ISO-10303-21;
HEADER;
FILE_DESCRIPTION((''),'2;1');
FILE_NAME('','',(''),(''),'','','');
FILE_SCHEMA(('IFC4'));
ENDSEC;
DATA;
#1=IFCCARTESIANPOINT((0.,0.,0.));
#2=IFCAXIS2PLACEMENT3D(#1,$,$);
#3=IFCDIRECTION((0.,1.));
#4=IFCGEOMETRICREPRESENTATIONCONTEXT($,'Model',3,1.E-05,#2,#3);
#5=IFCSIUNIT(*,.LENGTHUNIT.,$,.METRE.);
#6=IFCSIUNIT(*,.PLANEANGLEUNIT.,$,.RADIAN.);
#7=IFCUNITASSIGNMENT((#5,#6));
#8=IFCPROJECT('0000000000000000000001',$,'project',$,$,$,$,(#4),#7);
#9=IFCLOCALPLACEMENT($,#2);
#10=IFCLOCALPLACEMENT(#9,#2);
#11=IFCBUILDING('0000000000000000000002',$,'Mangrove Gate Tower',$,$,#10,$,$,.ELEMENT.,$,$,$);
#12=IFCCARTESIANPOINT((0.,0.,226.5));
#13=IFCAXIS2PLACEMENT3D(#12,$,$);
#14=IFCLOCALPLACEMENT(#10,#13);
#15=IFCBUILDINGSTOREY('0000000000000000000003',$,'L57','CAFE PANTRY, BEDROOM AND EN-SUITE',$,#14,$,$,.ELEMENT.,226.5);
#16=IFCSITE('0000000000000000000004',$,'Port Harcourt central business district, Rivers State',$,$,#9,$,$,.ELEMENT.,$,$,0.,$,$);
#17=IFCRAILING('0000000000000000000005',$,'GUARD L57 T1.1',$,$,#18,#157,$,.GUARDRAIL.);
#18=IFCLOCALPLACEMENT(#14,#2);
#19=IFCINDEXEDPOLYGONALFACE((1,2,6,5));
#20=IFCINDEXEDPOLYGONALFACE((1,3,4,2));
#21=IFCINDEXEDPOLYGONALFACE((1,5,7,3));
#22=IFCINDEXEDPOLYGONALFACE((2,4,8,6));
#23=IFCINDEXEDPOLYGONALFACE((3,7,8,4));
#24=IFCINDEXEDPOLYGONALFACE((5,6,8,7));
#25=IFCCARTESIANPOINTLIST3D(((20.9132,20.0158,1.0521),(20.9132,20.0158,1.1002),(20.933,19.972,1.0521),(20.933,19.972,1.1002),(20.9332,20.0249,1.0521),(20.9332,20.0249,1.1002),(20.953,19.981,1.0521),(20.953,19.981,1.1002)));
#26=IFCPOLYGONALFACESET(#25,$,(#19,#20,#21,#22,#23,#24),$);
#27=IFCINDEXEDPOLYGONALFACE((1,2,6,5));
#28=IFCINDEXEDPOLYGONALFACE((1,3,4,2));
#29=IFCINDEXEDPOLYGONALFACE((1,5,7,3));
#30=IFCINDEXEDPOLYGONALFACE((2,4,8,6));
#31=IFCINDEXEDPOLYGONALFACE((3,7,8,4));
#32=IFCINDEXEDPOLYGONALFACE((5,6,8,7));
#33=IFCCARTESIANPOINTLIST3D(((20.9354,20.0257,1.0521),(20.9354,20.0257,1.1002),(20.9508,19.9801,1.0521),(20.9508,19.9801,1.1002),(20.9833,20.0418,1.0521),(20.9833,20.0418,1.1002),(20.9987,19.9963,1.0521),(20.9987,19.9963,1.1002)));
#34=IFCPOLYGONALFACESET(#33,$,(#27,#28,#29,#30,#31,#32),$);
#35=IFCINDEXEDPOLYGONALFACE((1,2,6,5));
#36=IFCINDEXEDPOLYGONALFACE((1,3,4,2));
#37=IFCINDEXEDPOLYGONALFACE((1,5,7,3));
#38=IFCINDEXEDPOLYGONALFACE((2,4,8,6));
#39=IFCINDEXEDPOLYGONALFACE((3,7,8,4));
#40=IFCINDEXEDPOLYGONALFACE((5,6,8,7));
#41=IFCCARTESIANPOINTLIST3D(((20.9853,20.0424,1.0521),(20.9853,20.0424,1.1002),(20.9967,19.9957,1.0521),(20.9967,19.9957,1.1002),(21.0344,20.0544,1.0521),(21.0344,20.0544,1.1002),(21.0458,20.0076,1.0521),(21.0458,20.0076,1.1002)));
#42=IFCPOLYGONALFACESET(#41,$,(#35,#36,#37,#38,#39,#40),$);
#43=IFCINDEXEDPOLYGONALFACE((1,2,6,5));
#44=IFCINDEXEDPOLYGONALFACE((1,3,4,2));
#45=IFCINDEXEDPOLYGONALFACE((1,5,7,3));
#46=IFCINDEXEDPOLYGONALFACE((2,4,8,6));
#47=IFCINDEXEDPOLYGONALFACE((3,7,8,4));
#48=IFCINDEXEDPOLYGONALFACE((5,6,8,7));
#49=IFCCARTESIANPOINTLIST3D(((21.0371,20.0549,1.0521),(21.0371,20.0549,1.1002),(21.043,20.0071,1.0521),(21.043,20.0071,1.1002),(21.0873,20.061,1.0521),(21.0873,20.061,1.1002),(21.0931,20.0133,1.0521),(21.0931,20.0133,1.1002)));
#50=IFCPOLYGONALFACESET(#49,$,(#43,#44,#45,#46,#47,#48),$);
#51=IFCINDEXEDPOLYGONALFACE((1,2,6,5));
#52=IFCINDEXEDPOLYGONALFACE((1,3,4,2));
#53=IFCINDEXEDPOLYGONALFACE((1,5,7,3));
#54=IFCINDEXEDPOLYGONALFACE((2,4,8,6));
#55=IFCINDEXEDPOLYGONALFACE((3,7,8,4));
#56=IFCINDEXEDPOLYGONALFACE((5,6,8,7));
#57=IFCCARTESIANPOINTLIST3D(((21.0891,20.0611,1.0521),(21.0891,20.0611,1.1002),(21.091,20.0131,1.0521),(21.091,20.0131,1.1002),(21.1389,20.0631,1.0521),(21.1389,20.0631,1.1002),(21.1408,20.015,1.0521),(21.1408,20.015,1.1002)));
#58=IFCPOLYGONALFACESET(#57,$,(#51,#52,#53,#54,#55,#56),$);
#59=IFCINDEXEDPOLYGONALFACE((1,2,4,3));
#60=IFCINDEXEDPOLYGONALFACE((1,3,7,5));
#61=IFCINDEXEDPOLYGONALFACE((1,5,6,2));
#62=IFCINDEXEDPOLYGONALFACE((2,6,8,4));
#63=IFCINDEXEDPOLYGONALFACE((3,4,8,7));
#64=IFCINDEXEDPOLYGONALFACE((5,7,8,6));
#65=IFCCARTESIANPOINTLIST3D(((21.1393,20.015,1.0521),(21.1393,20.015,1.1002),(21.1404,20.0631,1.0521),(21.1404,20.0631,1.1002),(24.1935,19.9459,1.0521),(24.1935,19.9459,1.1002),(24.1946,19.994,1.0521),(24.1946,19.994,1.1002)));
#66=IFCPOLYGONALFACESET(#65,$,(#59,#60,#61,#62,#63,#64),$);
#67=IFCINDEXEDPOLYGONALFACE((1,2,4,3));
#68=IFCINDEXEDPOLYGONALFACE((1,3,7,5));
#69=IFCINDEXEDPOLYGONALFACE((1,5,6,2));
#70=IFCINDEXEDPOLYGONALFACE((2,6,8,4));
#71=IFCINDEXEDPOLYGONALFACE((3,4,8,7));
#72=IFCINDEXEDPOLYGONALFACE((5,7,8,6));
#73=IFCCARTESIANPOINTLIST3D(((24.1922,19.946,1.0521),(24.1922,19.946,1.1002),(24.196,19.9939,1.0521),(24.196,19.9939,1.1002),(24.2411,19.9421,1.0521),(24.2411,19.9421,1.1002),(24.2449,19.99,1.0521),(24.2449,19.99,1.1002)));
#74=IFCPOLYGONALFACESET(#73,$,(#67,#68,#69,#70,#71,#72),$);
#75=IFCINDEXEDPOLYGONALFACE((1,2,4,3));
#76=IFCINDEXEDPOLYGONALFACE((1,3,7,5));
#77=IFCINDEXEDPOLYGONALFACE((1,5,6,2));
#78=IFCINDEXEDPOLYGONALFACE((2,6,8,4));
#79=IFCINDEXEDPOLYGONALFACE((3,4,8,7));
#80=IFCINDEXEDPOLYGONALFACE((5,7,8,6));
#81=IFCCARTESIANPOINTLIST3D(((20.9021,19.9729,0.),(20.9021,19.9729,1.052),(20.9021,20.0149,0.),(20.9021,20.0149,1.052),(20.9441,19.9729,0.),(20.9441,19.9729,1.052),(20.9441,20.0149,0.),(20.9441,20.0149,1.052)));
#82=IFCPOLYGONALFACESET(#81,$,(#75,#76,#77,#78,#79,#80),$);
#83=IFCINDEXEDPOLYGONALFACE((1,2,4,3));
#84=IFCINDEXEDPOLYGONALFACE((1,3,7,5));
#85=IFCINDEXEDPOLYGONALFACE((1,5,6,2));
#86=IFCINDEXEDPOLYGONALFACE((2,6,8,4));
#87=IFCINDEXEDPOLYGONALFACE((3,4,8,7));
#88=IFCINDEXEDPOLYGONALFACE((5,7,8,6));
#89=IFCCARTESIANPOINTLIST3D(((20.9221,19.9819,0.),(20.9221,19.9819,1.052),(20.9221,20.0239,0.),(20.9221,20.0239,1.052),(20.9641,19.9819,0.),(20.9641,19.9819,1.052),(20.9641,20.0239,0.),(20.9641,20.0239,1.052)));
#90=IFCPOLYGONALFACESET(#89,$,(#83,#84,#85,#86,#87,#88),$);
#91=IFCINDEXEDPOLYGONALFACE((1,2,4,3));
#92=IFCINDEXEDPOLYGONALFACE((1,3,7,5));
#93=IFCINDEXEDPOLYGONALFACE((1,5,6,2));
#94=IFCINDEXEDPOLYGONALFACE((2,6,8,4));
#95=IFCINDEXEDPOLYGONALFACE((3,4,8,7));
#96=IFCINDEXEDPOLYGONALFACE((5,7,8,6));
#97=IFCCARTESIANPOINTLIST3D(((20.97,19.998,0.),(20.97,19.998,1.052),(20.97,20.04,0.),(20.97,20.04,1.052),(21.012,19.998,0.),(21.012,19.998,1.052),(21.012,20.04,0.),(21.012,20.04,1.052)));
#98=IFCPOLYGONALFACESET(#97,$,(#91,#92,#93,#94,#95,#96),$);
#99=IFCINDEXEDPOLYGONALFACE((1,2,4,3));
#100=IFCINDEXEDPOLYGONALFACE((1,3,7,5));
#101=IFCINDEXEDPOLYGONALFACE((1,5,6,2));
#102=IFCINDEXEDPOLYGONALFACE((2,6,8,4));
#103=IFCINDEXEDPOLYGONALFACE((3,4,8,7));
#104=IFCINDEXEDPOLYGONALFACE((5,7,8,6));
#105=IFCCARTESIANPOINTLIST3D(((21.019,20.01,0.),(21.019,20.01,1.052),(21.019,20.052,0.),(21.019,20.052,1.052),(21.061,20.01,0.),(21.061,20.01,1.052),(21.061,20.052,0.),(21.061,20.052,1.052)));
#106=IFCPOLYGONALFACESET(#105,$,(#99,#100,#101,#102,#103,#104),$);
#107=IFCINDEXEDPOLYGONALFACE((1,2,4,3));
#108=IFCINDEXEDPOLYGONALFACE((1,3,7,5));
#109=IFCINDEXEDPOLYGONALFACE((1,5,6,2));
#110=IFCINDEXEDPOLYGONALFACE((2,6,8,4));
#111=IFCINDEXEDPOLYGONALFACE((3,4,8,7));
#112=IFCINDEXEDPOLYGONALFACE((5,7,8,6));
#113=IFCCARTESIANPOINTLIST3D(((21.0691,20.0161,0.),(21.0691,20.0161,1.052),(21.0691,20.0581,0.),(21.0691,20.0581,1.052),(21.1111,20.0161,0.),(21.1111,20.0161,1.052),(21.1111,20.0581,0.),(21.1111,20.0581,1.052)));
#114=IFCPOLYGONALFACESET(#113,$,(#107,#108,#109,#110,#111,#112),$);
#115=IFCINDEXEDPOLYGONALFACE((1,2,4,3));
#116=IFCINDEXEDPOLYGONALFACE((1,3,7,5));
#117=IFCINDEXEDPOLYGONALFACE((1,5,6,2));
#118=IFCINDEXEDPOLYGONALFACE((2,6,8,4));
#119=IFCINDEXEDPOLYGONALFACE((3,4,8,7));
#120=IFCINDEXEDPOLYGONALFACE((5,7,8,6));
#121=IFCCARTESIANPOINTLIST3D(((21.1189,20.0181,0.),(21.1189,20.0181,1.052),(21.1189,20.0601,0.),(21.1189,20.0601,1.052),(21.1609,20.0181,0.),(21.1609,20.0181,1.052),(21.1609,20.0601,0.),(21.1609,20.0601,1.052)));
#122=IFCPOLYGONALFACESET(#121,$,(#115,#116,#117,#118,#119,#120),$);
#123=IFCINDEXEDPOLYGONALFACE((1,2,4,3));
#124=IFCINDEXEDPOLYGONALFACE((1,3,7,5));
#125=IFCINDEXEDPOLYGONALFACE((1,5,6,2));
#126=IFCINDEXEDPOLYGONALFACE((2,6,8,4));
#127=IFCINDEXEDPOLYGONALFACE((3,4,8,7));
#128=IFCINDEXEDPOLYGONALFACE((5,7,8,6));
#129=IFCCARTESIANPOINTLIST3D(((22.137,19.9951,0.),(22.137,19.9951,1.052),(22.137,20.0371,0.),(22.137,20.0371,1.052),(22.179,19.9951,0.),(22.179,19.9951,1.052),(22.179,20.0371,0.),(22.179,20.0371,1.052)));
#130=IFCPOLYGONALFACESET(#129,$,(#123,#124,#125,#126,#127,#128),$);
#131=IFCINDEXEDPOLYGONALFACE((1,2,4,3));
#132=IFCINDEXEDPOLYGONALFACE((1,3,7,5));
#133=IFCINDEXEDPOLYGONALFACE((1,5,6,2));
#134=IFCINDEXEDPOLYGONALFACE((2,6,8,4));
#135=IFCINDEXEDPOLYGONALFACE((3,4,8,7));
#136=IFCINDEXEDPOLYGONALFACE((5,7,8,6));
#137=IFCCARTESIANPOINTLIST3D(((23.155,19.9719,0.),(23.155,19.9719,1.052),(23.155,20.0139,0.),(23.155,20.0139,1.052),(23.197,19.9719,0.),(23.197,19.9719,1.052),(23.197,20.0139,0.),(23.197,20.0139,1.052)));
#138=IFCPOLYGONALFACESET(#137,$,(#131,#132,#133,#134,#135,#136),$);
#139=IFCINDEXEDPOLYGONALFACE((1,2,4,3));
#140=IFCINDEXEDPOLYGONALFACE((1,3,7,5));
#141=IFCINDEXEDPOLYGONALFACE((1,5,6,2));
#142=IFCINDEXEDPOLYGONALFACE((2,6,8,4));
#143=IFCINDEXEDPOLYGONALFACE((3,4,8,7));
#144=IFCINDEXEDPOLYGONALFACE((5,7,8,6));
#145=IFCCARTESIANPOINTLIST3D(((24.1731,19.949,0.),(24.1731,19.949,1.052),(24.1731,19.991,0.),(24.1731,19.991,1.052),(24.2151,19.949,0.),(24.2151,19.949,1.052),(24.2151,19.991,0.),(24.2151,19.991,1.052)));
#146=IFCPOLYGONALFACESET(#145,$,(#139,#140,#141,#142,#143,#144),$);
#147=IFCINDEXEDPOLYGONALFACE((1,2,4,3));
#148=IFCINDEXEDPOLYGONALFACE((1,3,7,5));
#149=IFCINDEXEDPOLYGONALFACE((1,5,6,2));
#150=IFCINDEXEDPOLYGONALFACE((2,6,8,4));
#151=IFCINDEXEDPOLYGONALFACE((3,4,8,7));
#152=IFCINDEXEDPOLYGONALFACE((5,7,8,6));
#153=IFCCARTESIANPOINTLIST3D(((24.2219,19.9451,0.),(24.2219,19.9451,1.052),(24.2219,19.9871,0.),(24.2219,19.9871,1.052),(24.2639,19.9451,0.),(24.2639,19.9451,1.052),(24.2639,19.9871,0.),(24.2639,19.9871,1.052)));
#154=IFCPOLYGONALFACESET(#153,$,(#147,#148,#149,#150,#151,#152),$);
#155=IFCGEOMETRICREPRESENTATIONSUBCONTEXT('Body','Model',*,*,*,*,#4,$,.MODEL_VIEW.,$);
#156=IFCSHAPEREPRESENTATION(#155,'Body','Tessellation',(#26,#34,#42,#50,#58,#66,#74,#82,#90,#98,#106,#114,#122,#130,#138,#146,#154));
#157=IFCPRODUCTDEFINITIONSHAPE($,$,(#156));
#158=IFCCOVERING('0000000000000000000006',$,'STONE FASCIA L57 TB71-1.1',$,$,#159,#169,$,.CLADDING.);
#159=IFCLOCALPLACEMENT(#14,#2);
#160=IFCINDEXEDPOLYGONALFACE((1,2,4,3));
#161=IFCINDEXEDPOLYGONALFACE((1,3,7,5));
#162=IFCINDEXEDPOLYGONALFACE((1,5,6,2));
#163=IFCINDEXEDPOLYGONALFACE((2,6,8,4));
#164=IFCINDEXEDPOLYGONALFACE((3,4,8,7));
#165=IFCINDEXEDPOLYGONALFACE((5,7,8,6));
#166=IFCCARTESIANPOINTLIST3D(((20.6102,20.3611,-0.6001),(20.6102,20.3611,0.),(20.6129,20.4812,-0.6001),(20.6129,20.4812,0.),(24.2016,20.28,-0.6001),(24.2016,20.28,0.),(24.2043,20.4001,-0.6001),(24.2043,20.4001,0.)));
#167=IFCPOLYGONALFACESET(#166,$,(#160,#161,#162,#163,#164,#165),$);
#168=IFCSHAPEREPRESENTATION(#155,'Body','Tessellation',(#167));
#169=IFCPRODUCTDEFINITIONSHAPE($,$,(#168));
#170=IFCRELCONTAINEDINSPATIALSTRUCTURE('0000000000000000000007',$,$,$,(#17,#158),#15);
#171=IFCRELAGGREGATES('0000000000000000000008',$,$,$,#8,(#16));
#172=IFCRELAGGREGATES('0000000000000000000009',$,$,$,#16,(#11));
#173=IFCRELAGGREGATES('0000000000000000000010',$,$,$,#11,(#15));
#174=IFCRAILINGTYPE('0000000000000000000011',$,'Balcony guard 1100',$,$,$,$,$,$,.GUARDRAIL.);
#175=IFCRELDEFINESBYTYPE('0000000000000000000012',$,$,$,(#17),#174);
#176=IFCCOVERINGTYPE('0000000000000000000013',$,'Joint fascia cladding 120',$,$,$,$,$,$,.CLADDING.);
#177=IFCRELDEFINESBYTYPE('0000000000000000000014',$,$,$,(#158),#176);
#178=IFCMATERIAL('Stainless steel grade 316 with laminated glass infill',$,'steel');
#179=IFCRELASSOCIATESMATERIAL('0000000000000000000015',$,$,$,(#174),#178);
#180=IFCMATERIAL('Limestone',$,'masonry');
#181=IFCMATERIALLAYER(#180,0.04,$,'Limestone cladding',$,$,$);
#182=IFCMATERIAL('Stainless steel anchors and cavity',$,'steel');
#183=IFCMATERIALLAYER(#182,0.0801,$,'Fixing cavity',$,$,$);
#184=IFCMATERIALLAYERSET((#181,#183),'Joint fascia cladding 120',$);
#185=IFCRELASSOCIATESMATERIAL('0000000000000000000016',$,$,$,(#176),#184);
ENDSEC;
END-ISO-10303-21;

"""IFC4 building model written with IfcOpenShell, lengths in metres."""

from ifc_helpers import new_model, si_unit, direction, frame, frame_2d, origin, origin_2d, place, context, subcontext, project, spatial, rectangle, extrude, material, layer, layer_set, type_object, element, save


model = new_model("IFC4")

# Units and contexts
model_context = context("Model", 3, precision=1e-05, world=origin(), true_north=direction((0.0, 1.0)))
body_context = subcontext(model_context, "Body", "Model", "MODEL_VIEW")
ifc_project = project(units=[si_unit("LENGTHUNIT", "METRE"), si_unit("PLANEANGLEUNIT", "RADIAN")], contexts=[model_context])

# Site, building, storey
site_placement = place(None, origin())
site = spatial("IfcSite", under=ifc_project, at=site_placement, Name="Port Harcourt central business district, Rivers State", CompositionType="ELEMENT", RefElevation=0.0)
building_placement = place(site_placement, origin())
building = spatial("IfcBuilding", under=site, at=building_placement, Name="Mangrove Gate Tower", CompositionType="ELEMENT")
storey_placement = place(building_placement, frame((0.0, 0.0, 226.5)))
storey = spatial("IfcBuildingStorey", under=building, at=storey_placement, Name="L57", Description="CAFE PANTRY, BEDROOM AND EN-SUITE", CompositionType="ELEMENT", Elevation=226.5)

# Shared definitions
ifc_material_1 = material(Name="Limestone", Category="masonry")

# Railing
ifc_material_2 = material(Name="Stainless steel grade 316 with laminated glass infill", Category="steel")
railing_type = type_object("IfcRailingType", Name="Balcony guard 1100", PredefinedType="GUARDRAIL", material=ifc_material_2)
railing_1_placement = place(storey_placement, frame((20.9231, 19.9939, 0.0)))
element("IfcRailing", 1, at=railing_1_placement, inside=storey, type_object=railing_type, Name="GUARD L57 T1.1", PredefinedType="GUARDRAIL", context=body_context, shape_type="SweptSolid", body=[
    extrude(rectangle(XDim=0.0481, YDim=0.0481, at=origin_2d()), frame((0.0, 0.0, 1.0762), z_axis=(0.911505, 0.411289, 0.0), x_axis=(-0.411289, 0.911505, 0.0)), (0.0, 0.0, 1.0), 0.022),
    extrude(rectangle(XDim=0.0481, YDim=0.0481, at=origin_2d()), frame((0.02, 0.009, 1.0762), z_axis=(0.947712, 0.319127, 0.0), x_axis=(-0.319127, 0.947712, 0.0)), (0.0, 0.0, 1.0), 0.0505),
    extrude(rectangle(XDim=0.0481, YDim=0.0481, at=origin_2d()), frame((0.0679, 0.0251, 1.0762), z_axis=(0.971547, 0.236845, 0.0), x_axis=(-0.236845, 0.971547, 0.0)), (0.0, 0.0, 1.0), 0.0505),
    extrude(rectangle(XDim=0.0481, YDim=0.0481, at=origin_2d()), frame((0.1169, 0.0371, 1.0762), z_axis=(0.992646, 0.121054, 0.0), x_axis=(-0.121054, 0.992646, 0.0)), (0.0, 0.0, 1.0), 0.0505),
    extrude(rectangle(XDim=0.0481, YDim=0.0481, at=origin_2d()), frame((0.167, 0.0432, 1.0762), z_axis=(0.999232, 0.039186, 0.0), x_axis=(-0.039186, 0.999232, 0.0)), (0.0, 0.0, 1.0), 0.0498),
    extrude(rectangle(XDim=0.0481, YDim=0.0481, at=origin_2d()), frame((0.2168, 0.0452, 1.0762), z_axis=(0.999744, -0.022616, 0.0), x_axis=(0.022616, 0.999744, 0.0)), (0.0, 0.0, 1.0), 3.0549),
    extrude(rectangle(XDim=0.0481, YDim=0.0481, at=origin_2d()), frame((3.271, -0.0239, 1.0762), z_axis=(0.996815, -0.079745, 0.0), x_axis=(0.079745, 0.996815, 0.0)), (0.0, 0.0, 1.0), 0.0491),
    extrude(rectangle(XDim=0.042, YDim=0.042, at=origin_2d()), origin(), (0.0, 0.0, 1.0), 1.052),
    extrude(rectangle(XDim=0.042, YDim=0.042, at=origin_2d()), frame((0.02, 0.009, 0.0)), (0.0, 0.0, 1.0), 1.052),
    extrude(rectangle(XDim=0.042, YDim=0.042, at=origin_2d()), frame((0.0679, 0.0251, 0.0)), (0.0, 0.0, 1.0), 1.052),
    extrude(rectangle(XDim=0.042, YDim=0.042, at=origin_2d()), frame((0.1169, 0.0371, 0.0)), (0.0, 0.0, 1.0), 1.052),
    extrude(rectangle(XDim=0.042, YDim=0.042, at=origin_2d()), frame((0.167, 0.0432, 0.0)), (0.0, 0.0, 1.0), 1.052),
    extrude(rectangle(XDim=0.042, YDim=0.042, at=origin_2d()), frame((0.2168, 0.0452, 0.0)), (0.0, 0.0, 1.0), 1.052),
    extrude(rectangle(XDim=0.042, YDim=0.042, at=origin_2d()), frame((1.2349, 0.0222, 0.0)), (0.0, 0.0, 1.0), 1.052),
    extrude(rectangle(XDim=0.042, YDim=0.042, at=origin_2d()), frame((2.2529, -0.001, 0.0)), (0.0, 0.0, 1.0), 1.052),
    extrude(rectangle(XDim=0.042, YDim=0.042, at=origin_2d()), frame((3.271, -0.0239, 0.0)), (0.0, 0.0, 1.0), 1.052),
    extrude(rectangle(XDim=0.042, YDim=0.042, at=origin_2d()), frame((3.3198, -0.0278, 0.0)), (0.0, 0.0, 1.0), 1.052),
])

# Covering
ifc_layer_1 = layer(ifc_material_1, 0.04, Name="Limestone cladding")
ifc_material_3 = material(Name="Stainless steel anchors and cavity", Category="steel")
ifc_layer_2 = layer(ifc_material_3, 0.0801, Name="Fixing cavity")
ifc_layer_set_1 = layer_set([ifc_layer_1, ifc_layer_2], Name="Joint fascia cladding 120")
covering_type = type_object("IfcCoveringType", Name="Joint fascia cladding 120", PredefinedType="CLADDING", material=ifc_layer_set_1)
covering_placement = place(storey_placement, frame((20.6116, 20.4211, -0.6001), z_axis=(0.0, 0.0, 1.0), x_axis=(0.999745, -0.022564, 0.0)))
element("IfcCovering", 2, at=covering_placement, inside=storey, type_object=covering_type, Name="STONE FASCIA L57 TB71-1.1", PredefinedType="CLADDING", context=body_context, shape_type="SweptSolid", body=[
    extrude(rectangle(XDim=3.5923, YDim=0.1201, at=frame_2d((1.7961, 0.0))), origin(), (0.0, 0.0, 1.0), 0.6001),
])

save(model, "model.ifc")
